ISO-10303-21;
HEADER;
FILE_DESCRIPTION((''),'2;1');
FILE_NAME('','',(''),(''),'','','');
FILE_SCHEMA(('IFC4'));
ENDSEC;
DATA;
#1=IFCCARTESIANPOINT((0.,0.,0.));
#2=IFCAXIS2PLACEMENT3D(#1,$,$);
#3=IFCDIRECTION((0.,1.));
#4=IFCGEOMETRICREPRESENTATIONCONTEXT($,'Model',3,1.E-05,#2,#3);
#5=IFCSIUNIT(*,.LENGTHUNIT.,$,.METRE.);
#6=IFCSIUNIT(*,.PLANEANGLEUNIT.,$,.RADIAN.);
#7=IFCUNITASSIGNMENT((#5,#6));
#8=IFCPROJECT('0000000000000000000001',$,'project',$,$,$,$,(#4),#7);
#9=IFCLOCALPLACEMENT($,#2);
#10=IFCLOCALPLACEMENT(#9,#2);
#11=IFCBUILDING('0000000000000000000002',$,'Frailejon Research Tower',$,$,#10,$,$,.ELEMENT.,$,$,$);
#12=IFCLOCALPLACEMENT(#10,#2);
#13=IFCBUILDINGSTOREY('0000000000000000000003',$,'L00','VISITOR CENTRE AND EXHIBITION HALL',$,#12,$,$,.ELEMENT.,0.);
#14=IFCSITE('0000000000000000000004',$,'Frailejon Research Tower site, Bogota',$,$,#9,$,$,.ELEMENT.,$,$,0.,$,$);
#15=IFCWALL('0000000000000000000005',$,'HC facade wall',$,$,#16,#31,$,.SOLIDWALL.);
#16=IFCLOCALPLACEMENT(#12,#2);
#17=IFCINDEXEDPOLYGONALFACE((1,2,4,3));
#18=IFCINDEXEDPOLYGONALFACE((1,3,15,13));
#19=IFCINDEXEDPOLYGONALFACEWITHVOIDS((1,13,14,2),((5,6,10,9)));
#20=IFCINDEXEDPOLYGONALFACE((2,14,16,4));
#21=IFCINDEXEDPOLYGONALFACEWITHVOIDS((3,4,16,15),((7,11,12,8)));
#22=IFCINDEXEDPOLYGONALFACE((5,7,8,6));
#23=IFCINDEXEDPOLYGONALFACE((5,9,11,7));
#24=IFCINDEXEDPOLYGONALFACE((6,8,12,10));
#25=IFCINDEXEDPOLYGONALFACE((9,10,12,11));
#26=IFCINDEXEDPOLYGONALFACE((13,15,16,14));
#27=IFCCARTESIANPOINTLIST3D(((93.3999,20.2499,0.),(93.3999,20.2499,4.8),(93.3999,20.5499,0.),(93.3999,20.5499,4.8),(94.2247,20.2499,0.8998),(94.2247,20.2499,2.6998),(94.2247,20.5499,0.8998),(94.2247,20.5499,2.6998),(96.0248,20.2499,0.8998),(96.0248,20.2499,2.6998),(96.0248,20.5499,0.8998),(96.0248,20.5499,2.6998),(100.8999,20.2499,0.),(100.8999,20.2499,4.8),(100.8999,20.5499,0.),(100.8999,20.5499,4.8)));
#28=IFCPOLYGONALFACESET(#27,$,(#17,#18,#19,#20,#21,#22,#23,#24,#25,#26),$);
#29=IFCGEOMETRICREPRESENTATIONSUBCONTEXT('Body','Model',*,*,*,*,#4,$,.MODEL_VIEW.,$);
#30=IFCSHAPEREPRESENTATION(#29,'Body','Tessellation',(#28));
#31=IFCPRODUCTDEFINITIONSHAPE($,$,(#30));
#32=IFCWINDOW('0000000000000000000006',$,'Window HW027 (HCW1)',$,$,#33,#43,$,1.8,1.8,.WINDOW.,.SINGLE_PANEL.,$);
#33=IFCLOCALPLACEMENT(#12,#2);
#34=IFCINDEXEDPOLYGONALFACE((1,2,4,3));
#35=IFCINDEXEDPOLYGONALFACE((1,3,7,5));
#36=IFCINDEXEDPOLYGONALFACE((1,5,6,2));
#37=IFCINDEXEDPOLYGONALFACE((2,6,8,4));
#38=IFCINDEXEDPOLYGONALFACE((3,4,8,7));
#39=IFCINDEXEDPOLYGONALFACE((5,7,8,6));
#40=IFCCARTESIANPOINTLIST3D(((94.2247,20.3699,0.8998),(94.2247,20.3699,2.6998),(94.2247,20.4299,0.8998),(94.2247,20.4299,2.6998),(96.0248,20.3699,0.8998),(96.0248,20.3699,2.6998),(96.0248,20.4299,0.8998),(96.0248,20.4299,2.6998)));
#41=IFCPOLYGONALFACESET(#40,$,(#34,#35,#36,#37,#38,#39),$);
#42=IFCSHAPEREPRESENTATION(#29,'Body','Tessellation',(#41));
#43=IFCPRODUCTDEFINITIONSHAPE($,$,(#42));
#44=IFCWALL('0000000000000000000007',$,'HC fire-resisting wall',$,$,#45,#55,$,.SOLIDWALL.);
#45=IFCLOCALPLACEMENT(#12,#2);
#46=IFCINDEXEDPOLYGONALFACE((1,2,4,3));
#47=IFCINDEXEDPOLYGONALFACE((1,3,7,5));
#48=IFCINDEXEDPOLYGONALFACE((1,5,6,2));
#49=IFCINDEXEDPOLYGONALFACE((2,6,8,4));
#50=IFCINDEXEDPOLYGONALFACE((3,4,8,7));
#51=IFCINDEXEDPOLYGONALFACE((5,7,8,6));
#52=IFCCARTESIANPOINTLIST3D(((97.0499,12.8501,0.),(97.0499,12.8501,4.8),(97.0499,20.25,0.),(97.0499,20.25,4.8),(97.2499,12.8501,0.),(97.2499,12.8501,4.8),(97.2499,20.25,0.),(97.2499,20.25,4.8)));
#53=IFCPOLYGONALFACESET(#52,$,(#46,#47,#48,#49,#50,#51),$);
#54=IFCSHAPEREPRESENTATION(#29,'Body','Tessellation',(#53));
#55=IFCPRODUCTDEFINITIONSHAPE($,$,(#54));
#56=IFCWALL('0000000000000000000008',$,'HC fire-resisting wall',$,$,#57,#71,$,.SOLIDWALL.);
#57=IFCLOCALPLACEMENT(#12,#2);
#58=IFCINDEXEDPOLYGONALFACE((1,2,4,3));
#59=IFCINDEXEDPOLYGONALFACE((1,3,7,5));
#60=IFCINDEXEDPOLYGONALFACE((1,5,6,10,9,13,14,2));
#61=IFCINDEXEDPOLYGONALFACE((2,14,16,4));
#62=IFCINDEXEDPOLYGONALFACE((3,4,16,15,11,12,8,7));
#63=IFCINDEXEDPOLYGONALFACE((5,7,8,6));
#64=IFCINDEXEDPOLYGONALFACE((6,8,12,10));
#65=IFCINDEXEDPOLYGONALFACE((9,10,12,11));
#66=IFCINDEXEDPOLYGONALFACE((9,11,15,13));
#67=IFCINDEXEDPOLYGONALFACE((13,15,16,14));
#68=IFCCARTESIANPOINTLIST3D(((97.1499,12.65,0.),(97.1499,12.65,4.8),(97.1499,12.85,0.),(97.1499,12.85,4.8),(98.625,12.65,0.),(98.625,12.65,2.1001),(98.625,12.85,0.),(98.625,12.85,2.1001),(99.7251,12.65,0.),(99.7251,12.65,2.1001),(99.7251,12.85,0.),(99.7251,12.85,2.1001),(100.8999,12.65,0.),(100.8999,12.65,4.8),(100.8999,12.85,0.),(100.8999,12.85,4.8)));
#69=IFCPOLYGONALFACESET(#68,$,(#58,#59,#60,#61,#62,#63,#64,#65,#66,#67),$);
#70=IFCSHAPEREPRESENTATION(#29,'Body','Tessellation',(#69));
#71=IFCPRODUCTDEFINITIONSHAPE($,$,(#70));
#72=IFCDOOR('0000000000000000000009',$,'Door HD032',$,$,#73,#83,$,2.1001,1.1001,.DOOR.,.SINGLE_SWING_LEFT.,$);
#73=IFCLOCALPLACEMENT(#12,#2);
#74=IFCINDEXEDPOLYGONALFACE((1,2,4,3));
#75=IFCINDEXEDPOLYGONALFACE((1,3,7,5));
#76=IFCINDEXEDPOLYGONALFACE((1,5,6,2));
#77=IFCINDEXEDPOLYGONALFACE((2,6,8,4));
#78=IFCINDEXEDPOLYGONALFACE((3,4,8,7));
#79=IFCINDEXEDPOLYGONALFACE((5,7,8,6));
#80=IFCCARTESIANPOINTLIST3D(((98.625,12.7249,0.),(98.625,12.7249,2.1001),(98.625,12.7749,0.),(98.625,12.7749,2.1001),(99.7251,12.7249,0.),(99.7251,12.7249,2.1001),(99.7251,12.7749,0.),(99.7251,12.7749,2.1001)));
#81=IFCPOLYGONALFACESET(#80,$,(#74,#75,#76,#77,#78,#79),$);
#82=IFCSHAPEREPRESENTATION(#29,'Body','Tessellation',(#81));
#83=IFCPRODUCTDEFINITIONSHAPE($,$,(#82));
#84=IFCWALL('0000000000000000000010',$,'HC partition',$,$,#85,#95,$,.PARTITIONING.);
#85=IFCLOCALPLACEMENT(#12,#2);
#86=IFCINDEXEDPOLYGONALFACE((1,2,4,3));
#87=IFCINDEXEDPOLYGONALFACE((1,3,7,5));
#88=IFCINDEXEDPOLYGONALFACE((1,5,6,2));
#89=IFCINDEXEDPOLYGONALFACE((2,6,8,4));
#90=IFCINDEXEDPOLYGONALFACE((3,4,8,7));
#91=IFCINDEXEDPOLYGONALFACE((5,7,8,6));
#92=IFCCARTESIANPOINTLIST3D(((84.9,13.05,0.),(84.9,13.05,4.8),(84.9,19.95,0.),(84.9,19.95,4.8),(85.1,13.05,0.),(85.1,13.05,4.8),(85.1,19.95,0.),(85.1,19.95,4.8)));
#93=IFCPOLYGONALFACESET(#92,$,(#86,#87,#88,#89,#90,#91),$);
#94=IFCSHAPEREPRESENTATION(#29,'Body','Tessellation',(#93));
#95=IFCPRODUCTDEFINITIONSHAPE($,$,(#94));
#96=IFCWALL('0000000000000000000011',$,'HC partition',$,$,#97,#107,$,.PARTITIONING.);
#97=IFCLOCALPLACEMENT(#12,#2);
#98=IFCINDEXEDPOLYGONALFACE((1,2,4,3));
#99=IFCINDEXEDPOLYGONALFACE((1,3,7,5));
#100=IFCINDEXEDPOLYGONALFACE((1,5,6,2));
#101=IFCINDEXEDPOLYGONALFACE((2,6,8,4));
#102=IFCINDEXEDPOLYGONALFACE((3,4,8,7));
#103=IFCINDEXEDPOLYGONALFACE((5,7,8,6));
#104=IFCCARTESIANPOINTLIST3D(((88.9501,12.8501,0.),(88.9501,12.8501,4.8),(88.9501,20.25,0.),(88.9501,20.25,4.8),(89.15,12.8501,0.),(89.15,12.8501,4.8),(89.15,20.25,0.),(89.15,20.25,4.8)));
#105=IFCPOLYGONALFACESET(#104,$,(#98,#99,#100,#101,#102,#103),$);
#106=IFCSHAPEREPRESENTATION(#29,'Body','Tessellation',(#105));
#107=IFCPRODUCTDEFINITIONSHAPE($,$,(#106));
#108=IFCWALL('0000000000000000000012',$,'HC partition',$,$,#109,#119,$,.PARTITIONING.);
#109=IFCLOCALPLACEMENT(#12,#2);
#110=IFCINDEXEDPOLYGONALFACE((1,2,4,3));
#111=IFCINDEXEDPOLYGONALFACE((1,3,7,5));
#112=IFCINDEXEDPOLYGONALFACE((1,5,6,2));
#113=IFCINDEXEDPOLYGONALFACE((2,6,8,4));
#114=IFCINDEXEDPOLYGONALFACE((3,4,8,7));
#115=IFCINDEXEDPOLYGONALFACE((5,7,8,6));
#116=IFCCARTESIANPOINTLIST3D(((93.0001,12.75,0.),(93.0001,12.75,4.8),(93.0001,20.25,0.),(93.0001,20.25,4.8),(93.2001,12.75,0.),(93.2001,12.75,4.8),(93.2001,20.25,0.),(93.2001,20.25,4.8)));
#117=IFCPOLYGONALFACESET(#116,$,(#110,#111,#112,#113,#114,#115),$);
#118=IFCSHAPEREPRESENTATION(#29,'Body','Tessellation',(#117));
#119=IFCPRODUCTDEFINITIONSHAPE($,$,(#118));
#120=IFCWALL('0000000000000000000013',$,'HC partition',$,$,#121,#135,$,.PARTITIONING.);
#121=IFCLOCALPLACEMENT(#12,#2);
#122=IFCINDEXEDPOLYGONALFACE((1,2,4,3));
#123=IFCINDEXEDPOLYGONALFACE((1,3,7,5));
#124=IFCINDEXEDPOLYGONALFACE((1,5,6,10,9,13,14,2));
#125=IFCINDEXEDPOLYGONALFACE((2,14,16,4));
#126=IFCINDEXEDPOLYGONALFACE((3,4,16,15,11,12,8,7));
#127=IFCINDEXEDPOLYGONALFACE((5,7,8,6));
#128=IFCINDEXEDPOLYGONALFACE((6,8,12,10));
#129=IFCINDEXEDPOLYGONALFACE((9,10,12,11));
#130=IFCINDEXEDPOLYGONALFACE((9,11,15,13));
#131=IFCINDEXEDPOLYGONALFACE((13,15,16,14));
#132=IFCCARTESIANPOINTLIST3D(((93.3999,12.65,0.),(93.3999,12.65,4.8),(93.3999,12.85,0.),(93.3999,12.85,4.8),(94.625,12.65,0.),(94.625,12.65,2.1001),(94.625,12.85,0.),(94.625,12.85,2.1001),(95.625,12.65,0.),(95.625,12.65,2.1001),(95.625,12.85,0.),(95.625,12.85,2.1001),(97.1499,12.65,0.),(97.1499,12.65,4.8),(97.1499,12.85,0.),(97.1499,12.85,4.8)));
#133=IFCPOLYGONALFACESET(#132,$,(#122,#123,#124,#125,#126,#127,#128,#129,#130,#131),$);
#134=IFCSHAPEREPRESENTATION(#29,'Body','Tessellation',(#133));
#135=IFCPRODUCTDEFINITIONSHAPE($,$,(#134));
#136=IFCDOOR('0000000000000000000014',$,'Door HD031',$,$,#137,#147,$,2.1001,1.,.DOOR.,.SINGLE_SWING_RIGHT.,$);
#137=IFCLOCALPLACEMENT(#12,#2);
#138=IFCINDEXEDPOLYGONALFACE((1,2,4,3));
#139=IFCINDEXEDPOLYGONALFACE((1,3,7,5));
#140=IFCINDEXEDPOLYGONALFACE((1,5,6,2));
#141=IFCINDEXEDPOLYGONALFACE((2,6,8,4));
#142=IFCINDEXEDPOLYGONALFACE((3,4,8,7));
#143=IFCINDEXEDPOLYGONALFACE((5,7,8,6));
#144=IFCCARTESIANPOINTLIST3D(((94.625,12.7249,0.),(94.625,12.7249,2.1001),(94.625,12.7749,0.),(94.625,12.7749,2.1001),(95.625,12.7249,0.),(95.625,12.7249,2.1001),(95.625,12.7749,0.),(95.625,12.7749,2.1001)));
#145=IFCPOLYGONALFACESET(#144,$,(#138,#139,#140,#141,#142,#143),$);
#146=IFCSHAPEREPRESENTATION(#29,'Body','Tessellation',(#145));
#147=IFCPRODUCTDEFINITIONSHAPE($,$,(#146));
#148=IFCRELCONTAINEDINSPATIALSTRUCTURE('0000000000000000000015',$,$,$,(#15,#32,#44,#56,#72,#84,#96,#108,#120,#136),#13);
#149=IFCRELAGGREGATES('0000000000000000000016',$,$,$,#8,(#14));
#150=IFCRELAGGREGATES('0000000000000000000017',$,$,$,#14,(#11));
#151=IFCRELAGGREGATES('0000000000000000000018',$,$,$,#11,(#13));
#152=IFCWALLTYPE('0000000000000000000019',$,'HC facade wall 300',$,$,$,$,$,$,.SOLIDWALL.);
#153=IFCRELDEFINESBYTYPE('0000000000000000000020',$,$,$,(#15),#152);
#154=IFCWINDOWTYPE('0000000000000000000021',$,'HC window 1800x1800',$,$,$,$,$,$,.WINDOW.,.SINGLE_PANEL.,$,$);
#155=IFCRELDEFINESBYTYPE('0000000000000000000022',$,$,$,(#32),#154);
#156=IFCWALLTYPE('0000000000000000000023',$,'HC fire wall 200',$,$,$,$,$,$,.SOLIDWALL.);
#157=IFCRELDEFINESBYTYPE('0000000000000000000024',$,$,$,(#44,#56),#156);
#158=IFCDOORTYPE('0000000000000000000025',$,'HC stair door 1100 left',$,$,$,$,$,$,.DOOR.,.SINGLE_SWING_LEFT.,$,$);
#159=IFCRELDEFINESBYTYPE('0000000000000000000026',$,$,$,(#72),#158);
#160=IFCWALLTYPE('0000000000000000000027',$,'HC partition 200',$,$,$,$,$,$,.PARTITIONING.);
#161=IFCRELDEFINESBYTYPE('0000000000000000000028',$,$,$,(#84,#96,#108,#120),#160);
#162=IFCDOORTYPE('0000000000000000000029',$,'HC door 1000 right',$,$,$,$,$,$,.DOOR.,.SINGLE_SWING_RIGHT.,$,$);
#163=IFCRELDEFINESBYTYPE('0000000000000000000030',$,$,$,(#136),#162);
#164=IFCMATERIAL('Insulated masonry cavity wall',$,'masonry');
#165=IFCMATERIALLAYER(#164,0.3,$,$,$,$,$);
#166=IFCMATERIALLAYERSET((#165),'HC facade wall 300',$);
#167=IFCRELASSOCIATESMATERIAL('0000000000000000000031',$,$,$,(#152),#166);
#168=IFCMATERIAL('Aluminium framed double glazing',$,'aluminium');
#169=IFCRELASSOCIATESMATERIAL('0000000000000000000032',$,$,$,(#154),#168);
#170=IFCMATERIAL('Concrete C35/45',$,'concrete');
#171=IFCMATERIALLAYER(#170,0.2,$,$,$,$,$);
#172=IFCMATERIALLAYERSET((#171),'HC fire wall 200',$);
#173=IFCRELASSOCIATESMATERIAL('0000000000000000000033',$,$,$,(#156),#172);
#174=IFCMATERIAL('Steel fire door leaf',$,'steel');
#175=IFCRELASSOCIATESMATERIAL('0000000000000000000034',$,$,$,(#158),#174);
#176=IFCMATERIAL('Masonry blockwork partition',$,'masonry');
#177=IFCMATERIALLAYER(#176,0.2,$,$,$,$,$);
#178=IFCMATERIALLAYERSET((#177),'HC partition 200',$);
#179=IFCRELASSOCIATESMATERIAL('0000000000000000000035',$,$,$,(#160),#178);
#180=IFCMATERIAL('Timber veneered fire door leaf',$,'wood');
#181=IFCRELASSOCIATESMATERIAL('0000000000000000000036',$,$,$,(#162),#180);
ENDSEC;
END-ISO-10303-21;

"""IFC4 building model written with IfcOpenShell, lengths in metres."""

from ifc_helpers import new_model, si_unit, direction, frame, frame_2d, origin, place, context, subcontext, project, spatial, rectangle, extrude, material, layer, layer_set, type_object, element, fill, save


model = new_model("IFC4")

# Units and contexts
model_context = context("Model", 3, precision=1e-05, world=origin(), true_north=direction((0.0, 1.0)))
body_context = subcontext(model_context, "Body", "Model", "MODEL_VIEW")
ifc_project = project(units=[si_unit("LENGTHUNIT", "METRE"), si_unit("PLANEANGLEUNIT", "RADIAN")], contexts=[model_context])

# Site, building, storey
site_placement = place(None, origin())
site = spatial("IfcSite", under=ifc_project, at=site_placement, Name="Frailejon Research Tower site, Bogota", CompositionType="ELEMENT", RefElevation=0.0)
building_placement = place(site_placement, origin())
building = spatial("IfcBuilding", under=site, at=building_placement, Name="Frailejon Research Tower", CompositionType="ELEMENT")
storey_placement = place(building_placement, origin())
storey = spatial("IfcBuildingStorey", under=building, at=storey_placement, Name="L00", Description="VISITOR CENTRE AND EXHIBITION HALL", CompositionType="ELEMENT", Elevation=0.0)

# Shared definitions
ifc_material_1 = material(Name="Insulated masonry cavity wall", Category="masonry")
ifc_layer_1 = layer(ifc_material_1, 0.3)
ifc_layer_set_1 = layer_set([ifc_layer_1], Name="HC facade wall 300")
wall_type_1 = type_object("IfcWallType", Name="HC facade wall 300", PredefinedType="SOLIDWALL", material=ifc_layer_set_1)
ifc_material_2 = material(Name="Aluminium framed double glazing", Category="aluminium")
window_type = type_object("IfcWindowType", Name="HC window 1800x1800", PartitioningType="SINGLE_PANEL", PredefinedType="WINDOW", material=ifc_material_2)

# Wall, opening, window
wall_1_placement = place(storey_placement, frame((93.3999, 20.3999, 0.0), z_axis=(0.0, 0.0, 1.0), x_axis=(1.0, 0.0, 0.0)))
wall_1 = element("IfcWall", 1, at=wall_1_placement, inside=storey, type_object=wall_type_1, Name="HC facade wall", PredefinedType="SOLIDWALL", context=body_context, shape_type="SweptSolid", body=[
    extrude(rectangle(XDim=7.5, YDim=0.3, at=frame_2d((3.75, 0.0))), origin(), (0.0, 0.0, 1.0), 4.8),
])
opening_1_placement = place(wall_1_placement, frame((0.825, 0.0, 0.8999)))
opening_1 = element("IfcOpeningElement", 2, at=opening_1_placement, cuts=wall_1, PredefinedType="OPENING", context=body_context, shape_type="SweptSolid", body=[
    extrude(rectangle(XDim=1.8, YDim=1.8, at=frame_2d((0.8999, 0.8999))), frame((0.0, 0.1599, 0.0), z_axis=(0.0, -1.0, 0.0), x_axis=(1.0, 0.0, 0.0)), (0.0, 0.0, 1.0), 0.3201),
])
window_1_placement = place(opening_1_placement, origin())
window_1 = element("IfcWindow", 3, at=window_1_placement, inside=storey, type_object=window_type, Name="Window HW027 (HCW1)", OverallHeight=1.8, OverallWidth=1.8, PartitioningType="SINGLE_PANEL", PredefinedType="WINDOW", context=body_context, shape_type="SweptSolid", body=[
    extrude(rectangle(XDim=1.8, YDim=1.8, at=frame_2d((0.8999, 0.8999))), frame((0.0, 0.03, 0.0), z_axis=(0.0, -1.0, 0.0), x_axis=(1.0, 0.0, 0.0)), (0.0, 0.0, 1.0), 0.0601),
])
fill(opening_1, window_1)

# Wall
ifc_material_3 = material(Name="Concrete C35/45", Category="concrete")
ifc_layer_2 = layer(ifc_material_3, 0.2)
ifc_layer_set_2 = layer_set([ifc_layer_2], Name="HC fire wall 200")
wall_type_2 = type_object("IfcWallType", Name="HC fire wall 200", PredefinedType="SOLIDWALL", material=ifc_layer_set_2)
wall_2_placement = place(storey_placement, frame((97.1499, 12.8501, 0.0), z_axis=(0.0, 0.0, 1.0), x_axis=(0.0, 1.0, 0.0)))
element("IfcWall", 4, at=wall_2_placement, inside=storey, type_object=wall_type_2, Name="HC fire-resisting wall", PredefinedType="SOLIDWALL", context=body_context, shape_type="SweptSolid", body=[
    extrude(rectangle(XDim=7.3999, YDim=0.2, at=frame_2d((3.7, 0.0))), origin(), (0.0, 0.0, 1.0), 4.8),
])

# Wall, opening, door
wall_3_placement = place(storey_placement, frame((97.1499, 12.75, 0.0), z_axis=(0.0, 0.0, 1.0), x_axis=(1.0, 0.0, 0.0)))
wall_3 = element("IfcWall", 5, at=wall_3_placement, inside=storey, type_object=wall_type_2, Name="HC fire-resisting wall", PredefinedType="SOLIDWALL", context=body_context, shape_type="SweptSolid", body=[
    extrude(rectangle(XDim=3.75, YDim=0.2, at=frame_2d((1.875, 0.0))), origin(), (0.0, 0.0, 1.0), 4.8),
])
opening_2_placement = place(wall_3_placement, frame((1.4751, 0.0, 0.0)))
opening_2 = element("IfcOpeningElement", 6, at=opening_2_placement, cuts=wall_3, PredefinedType="OPENING", context=body_context, shape_type="SweptSolid", body=[
    extrude(rectangle(XDim=1.1001, YDim=2.1001, at=frame_2d((0.55, 1.05))), frame((0.0, 0.1099, 0.0), z_axis=(0.0, -1.0, 0.0), x_axis=(1.0, 0.0, 0.0)), (0.0, 0.0, 1.0), 0.22),
])
ifc_material_4 = material(Name="Steel fire door leaf", Category="steel")
door_type_1 = type_object("IfcDoorType", Name="HC stair door 1100 left", OperationType="SINGLE_SWING_LEFT", PredefinedType="DOOR", material=ifc_material_4)
door_1_placement = place(opening_2_placement, origin())
door_1 = element("IfcDoor", 7, at=door_1_placement, inside=storey, type_object=door_type_1, Name="Door HD032", OperationType="SINGLE_SWING_LEFT", OverallHeight=2.1001, OverallWidth=1.1001, PredefinedType="DOOR", context=body_context, shape_type="SweptSolid", body=[
    extrude(rectangle(XDim=1.1001, YDim=2.1001, at=frame_2d((0.55, 1.05))), frame((0.0, 0.0249, 0.0), z_axis=(0.0, -1.0, 0.0), x_axis=(1.0, 0.0, 0.0)), (0.0, 0.0, 1.0), 0.05),
])
fill(opening_2, door_1)

# Walls
ifc_material_5 = material(Name="Masonry blockwork partition", Category="masonry")
ifc_layer_3 = layer(ifc_material_5, 0.2)
ifc_layer_set_3 = layer_set([ifc_layer_3], Name="HC partition 200")
wall_type_3 = type_object("IfcWallType", Name="HC partition 200", PredefinedType="PARTITIONING", material=ifc_layer_set_3)
wall_4_placement = place(storey_placement, frame((85.0, 13.05, 0.0), z_axis=(0.0, 0.0, 1.0), x_axis=(0.0, 1.0, 0.0)))
element("IfcWall", 8, at=wall_4_placement, inside=storey, type_object=wall_type_3, Name="HC partition", PredefinedType="PARTITIONING", context=body_context, shape_type="SweptSolid", body=[
    extrude(rectangle(XDim=6.8999, YDim=0.2, at=frame_2d((3.45, 0.0))), origin(), (0.0, 0.0, 1.0), 4.8),
])
wall_5_placement = place(storey_placement, frame((89.05, 12.8501, 0.0), z_axis=(0.0, 0.0, 1.0), x_axis=(0.0, 1.0, 0.0)))
element("IfcWall", 9, at=wall_5_placement, inside=storey, type_object=wall_type_3, Name="HC partition", PredefinedType="PARTITIONING", context=body_context, shape_type="SweptSolid", body=[
    extrude(rectangle(XDim=7.3999, YDim=0.2, at=frame_2d((3.7, 0.0))), origin(), (0.0, 0.0, 1.0), 4.8),
])
wall_6_placement = place(storey_placement, frame((93.1001, 12.75, 0.0), z_axis=(0.0, 0.0, 1.0), x_axis=(0.0, 1.0, 0.0)))
element("IfcWall", 10, at=wall_6_placement, inside=storey, type_object=wall_type_3, Name="HC partition", PredefinedType="PARTITIONING", context=body_context, shape_type="SweptSolid", body=[
    extrude(rectangle(XDim=7.5, YDim=0.2, at=frame_2d((3.75, 0.0))), origin(), (0.0, 0.0, 1.0), 4.8),
])

# Wall, opening, door
wall_7_placement = place(storey_placement, frame((93.3999, 12.75, 0.0), z_axis=(0.0, 0.0, 1.0), x_axis=(1.0, 0.0, 0.0)))
wall_7 = element("IfcWall", 11, at=wall_7_placement, inside=storey, type_object=wall_type_3, Name="HC partition", PredefinedType="PARTITIONING", context=body_context, shape_type="SweptSolid", body=[
    extrude(rectangle(XDim=3.75, YDim=0.2, at=frame_2d((1.875, 0.0))), origin(), (0.0, 0.0, 1.0), 4.8),
])
opening_3_placement = place(wall_7_placement, frame((1.2251, 0.0, 0.0)))
opening_3 = element("IfcOpeningElement", 12, at=opening_3_placement, cuts=wall_7, PredefinedType="OPENING", context=body_context, shape_type="SweptSolid", body=[
    extrude(rectangle(XDim=1.0, YDim=2.1001, at=frame_2d((0.5, 1.05))), frame((0.0, 0.1099, 0.0), z_axis=(0.0, -1.0, 0.0), x_axis=(1.0, 0.0, 0.0)), (0.0, 0.0, 1.0), 0.22),
])
ifc_material_6 = material(Name="Timber veneered fire door leaf", Category="wood")
door_type_2 = type_object("IfcDoorType", Name="HC door 1000 right", OperationType="SINGLE_SWING_RIGHT", PredefinedType="DOOR", material=ifc_material_6)
door_2_placement = place(opening_3_placement, origin())
door_2 = element("IfcDoor", 13, at=door_2_placement, inside=storey, type_object=door_type_2, Name="Door HD031", OperationType="SINGLE_SWING_RIGHT", OverallHeight=2.1001, OverallWidth=1.0, PredefinedType="DOOR", context=body_context, shape_type="SweptSolid", body=[
    extrude(rectangle(XDim=1.0, YDim=2.1001, at=frame_2d((0.5, 1.05))), frame((0.0, 0.0249, 0.0), z_axis=(0.0, -1.0, 0.0), x_axis=(1.0, 0.0, 0.0)), (0.0, 0.0, 1.0), 0.05),
])
fill(opening_3, door_2)

save(model, "model.ifc")
